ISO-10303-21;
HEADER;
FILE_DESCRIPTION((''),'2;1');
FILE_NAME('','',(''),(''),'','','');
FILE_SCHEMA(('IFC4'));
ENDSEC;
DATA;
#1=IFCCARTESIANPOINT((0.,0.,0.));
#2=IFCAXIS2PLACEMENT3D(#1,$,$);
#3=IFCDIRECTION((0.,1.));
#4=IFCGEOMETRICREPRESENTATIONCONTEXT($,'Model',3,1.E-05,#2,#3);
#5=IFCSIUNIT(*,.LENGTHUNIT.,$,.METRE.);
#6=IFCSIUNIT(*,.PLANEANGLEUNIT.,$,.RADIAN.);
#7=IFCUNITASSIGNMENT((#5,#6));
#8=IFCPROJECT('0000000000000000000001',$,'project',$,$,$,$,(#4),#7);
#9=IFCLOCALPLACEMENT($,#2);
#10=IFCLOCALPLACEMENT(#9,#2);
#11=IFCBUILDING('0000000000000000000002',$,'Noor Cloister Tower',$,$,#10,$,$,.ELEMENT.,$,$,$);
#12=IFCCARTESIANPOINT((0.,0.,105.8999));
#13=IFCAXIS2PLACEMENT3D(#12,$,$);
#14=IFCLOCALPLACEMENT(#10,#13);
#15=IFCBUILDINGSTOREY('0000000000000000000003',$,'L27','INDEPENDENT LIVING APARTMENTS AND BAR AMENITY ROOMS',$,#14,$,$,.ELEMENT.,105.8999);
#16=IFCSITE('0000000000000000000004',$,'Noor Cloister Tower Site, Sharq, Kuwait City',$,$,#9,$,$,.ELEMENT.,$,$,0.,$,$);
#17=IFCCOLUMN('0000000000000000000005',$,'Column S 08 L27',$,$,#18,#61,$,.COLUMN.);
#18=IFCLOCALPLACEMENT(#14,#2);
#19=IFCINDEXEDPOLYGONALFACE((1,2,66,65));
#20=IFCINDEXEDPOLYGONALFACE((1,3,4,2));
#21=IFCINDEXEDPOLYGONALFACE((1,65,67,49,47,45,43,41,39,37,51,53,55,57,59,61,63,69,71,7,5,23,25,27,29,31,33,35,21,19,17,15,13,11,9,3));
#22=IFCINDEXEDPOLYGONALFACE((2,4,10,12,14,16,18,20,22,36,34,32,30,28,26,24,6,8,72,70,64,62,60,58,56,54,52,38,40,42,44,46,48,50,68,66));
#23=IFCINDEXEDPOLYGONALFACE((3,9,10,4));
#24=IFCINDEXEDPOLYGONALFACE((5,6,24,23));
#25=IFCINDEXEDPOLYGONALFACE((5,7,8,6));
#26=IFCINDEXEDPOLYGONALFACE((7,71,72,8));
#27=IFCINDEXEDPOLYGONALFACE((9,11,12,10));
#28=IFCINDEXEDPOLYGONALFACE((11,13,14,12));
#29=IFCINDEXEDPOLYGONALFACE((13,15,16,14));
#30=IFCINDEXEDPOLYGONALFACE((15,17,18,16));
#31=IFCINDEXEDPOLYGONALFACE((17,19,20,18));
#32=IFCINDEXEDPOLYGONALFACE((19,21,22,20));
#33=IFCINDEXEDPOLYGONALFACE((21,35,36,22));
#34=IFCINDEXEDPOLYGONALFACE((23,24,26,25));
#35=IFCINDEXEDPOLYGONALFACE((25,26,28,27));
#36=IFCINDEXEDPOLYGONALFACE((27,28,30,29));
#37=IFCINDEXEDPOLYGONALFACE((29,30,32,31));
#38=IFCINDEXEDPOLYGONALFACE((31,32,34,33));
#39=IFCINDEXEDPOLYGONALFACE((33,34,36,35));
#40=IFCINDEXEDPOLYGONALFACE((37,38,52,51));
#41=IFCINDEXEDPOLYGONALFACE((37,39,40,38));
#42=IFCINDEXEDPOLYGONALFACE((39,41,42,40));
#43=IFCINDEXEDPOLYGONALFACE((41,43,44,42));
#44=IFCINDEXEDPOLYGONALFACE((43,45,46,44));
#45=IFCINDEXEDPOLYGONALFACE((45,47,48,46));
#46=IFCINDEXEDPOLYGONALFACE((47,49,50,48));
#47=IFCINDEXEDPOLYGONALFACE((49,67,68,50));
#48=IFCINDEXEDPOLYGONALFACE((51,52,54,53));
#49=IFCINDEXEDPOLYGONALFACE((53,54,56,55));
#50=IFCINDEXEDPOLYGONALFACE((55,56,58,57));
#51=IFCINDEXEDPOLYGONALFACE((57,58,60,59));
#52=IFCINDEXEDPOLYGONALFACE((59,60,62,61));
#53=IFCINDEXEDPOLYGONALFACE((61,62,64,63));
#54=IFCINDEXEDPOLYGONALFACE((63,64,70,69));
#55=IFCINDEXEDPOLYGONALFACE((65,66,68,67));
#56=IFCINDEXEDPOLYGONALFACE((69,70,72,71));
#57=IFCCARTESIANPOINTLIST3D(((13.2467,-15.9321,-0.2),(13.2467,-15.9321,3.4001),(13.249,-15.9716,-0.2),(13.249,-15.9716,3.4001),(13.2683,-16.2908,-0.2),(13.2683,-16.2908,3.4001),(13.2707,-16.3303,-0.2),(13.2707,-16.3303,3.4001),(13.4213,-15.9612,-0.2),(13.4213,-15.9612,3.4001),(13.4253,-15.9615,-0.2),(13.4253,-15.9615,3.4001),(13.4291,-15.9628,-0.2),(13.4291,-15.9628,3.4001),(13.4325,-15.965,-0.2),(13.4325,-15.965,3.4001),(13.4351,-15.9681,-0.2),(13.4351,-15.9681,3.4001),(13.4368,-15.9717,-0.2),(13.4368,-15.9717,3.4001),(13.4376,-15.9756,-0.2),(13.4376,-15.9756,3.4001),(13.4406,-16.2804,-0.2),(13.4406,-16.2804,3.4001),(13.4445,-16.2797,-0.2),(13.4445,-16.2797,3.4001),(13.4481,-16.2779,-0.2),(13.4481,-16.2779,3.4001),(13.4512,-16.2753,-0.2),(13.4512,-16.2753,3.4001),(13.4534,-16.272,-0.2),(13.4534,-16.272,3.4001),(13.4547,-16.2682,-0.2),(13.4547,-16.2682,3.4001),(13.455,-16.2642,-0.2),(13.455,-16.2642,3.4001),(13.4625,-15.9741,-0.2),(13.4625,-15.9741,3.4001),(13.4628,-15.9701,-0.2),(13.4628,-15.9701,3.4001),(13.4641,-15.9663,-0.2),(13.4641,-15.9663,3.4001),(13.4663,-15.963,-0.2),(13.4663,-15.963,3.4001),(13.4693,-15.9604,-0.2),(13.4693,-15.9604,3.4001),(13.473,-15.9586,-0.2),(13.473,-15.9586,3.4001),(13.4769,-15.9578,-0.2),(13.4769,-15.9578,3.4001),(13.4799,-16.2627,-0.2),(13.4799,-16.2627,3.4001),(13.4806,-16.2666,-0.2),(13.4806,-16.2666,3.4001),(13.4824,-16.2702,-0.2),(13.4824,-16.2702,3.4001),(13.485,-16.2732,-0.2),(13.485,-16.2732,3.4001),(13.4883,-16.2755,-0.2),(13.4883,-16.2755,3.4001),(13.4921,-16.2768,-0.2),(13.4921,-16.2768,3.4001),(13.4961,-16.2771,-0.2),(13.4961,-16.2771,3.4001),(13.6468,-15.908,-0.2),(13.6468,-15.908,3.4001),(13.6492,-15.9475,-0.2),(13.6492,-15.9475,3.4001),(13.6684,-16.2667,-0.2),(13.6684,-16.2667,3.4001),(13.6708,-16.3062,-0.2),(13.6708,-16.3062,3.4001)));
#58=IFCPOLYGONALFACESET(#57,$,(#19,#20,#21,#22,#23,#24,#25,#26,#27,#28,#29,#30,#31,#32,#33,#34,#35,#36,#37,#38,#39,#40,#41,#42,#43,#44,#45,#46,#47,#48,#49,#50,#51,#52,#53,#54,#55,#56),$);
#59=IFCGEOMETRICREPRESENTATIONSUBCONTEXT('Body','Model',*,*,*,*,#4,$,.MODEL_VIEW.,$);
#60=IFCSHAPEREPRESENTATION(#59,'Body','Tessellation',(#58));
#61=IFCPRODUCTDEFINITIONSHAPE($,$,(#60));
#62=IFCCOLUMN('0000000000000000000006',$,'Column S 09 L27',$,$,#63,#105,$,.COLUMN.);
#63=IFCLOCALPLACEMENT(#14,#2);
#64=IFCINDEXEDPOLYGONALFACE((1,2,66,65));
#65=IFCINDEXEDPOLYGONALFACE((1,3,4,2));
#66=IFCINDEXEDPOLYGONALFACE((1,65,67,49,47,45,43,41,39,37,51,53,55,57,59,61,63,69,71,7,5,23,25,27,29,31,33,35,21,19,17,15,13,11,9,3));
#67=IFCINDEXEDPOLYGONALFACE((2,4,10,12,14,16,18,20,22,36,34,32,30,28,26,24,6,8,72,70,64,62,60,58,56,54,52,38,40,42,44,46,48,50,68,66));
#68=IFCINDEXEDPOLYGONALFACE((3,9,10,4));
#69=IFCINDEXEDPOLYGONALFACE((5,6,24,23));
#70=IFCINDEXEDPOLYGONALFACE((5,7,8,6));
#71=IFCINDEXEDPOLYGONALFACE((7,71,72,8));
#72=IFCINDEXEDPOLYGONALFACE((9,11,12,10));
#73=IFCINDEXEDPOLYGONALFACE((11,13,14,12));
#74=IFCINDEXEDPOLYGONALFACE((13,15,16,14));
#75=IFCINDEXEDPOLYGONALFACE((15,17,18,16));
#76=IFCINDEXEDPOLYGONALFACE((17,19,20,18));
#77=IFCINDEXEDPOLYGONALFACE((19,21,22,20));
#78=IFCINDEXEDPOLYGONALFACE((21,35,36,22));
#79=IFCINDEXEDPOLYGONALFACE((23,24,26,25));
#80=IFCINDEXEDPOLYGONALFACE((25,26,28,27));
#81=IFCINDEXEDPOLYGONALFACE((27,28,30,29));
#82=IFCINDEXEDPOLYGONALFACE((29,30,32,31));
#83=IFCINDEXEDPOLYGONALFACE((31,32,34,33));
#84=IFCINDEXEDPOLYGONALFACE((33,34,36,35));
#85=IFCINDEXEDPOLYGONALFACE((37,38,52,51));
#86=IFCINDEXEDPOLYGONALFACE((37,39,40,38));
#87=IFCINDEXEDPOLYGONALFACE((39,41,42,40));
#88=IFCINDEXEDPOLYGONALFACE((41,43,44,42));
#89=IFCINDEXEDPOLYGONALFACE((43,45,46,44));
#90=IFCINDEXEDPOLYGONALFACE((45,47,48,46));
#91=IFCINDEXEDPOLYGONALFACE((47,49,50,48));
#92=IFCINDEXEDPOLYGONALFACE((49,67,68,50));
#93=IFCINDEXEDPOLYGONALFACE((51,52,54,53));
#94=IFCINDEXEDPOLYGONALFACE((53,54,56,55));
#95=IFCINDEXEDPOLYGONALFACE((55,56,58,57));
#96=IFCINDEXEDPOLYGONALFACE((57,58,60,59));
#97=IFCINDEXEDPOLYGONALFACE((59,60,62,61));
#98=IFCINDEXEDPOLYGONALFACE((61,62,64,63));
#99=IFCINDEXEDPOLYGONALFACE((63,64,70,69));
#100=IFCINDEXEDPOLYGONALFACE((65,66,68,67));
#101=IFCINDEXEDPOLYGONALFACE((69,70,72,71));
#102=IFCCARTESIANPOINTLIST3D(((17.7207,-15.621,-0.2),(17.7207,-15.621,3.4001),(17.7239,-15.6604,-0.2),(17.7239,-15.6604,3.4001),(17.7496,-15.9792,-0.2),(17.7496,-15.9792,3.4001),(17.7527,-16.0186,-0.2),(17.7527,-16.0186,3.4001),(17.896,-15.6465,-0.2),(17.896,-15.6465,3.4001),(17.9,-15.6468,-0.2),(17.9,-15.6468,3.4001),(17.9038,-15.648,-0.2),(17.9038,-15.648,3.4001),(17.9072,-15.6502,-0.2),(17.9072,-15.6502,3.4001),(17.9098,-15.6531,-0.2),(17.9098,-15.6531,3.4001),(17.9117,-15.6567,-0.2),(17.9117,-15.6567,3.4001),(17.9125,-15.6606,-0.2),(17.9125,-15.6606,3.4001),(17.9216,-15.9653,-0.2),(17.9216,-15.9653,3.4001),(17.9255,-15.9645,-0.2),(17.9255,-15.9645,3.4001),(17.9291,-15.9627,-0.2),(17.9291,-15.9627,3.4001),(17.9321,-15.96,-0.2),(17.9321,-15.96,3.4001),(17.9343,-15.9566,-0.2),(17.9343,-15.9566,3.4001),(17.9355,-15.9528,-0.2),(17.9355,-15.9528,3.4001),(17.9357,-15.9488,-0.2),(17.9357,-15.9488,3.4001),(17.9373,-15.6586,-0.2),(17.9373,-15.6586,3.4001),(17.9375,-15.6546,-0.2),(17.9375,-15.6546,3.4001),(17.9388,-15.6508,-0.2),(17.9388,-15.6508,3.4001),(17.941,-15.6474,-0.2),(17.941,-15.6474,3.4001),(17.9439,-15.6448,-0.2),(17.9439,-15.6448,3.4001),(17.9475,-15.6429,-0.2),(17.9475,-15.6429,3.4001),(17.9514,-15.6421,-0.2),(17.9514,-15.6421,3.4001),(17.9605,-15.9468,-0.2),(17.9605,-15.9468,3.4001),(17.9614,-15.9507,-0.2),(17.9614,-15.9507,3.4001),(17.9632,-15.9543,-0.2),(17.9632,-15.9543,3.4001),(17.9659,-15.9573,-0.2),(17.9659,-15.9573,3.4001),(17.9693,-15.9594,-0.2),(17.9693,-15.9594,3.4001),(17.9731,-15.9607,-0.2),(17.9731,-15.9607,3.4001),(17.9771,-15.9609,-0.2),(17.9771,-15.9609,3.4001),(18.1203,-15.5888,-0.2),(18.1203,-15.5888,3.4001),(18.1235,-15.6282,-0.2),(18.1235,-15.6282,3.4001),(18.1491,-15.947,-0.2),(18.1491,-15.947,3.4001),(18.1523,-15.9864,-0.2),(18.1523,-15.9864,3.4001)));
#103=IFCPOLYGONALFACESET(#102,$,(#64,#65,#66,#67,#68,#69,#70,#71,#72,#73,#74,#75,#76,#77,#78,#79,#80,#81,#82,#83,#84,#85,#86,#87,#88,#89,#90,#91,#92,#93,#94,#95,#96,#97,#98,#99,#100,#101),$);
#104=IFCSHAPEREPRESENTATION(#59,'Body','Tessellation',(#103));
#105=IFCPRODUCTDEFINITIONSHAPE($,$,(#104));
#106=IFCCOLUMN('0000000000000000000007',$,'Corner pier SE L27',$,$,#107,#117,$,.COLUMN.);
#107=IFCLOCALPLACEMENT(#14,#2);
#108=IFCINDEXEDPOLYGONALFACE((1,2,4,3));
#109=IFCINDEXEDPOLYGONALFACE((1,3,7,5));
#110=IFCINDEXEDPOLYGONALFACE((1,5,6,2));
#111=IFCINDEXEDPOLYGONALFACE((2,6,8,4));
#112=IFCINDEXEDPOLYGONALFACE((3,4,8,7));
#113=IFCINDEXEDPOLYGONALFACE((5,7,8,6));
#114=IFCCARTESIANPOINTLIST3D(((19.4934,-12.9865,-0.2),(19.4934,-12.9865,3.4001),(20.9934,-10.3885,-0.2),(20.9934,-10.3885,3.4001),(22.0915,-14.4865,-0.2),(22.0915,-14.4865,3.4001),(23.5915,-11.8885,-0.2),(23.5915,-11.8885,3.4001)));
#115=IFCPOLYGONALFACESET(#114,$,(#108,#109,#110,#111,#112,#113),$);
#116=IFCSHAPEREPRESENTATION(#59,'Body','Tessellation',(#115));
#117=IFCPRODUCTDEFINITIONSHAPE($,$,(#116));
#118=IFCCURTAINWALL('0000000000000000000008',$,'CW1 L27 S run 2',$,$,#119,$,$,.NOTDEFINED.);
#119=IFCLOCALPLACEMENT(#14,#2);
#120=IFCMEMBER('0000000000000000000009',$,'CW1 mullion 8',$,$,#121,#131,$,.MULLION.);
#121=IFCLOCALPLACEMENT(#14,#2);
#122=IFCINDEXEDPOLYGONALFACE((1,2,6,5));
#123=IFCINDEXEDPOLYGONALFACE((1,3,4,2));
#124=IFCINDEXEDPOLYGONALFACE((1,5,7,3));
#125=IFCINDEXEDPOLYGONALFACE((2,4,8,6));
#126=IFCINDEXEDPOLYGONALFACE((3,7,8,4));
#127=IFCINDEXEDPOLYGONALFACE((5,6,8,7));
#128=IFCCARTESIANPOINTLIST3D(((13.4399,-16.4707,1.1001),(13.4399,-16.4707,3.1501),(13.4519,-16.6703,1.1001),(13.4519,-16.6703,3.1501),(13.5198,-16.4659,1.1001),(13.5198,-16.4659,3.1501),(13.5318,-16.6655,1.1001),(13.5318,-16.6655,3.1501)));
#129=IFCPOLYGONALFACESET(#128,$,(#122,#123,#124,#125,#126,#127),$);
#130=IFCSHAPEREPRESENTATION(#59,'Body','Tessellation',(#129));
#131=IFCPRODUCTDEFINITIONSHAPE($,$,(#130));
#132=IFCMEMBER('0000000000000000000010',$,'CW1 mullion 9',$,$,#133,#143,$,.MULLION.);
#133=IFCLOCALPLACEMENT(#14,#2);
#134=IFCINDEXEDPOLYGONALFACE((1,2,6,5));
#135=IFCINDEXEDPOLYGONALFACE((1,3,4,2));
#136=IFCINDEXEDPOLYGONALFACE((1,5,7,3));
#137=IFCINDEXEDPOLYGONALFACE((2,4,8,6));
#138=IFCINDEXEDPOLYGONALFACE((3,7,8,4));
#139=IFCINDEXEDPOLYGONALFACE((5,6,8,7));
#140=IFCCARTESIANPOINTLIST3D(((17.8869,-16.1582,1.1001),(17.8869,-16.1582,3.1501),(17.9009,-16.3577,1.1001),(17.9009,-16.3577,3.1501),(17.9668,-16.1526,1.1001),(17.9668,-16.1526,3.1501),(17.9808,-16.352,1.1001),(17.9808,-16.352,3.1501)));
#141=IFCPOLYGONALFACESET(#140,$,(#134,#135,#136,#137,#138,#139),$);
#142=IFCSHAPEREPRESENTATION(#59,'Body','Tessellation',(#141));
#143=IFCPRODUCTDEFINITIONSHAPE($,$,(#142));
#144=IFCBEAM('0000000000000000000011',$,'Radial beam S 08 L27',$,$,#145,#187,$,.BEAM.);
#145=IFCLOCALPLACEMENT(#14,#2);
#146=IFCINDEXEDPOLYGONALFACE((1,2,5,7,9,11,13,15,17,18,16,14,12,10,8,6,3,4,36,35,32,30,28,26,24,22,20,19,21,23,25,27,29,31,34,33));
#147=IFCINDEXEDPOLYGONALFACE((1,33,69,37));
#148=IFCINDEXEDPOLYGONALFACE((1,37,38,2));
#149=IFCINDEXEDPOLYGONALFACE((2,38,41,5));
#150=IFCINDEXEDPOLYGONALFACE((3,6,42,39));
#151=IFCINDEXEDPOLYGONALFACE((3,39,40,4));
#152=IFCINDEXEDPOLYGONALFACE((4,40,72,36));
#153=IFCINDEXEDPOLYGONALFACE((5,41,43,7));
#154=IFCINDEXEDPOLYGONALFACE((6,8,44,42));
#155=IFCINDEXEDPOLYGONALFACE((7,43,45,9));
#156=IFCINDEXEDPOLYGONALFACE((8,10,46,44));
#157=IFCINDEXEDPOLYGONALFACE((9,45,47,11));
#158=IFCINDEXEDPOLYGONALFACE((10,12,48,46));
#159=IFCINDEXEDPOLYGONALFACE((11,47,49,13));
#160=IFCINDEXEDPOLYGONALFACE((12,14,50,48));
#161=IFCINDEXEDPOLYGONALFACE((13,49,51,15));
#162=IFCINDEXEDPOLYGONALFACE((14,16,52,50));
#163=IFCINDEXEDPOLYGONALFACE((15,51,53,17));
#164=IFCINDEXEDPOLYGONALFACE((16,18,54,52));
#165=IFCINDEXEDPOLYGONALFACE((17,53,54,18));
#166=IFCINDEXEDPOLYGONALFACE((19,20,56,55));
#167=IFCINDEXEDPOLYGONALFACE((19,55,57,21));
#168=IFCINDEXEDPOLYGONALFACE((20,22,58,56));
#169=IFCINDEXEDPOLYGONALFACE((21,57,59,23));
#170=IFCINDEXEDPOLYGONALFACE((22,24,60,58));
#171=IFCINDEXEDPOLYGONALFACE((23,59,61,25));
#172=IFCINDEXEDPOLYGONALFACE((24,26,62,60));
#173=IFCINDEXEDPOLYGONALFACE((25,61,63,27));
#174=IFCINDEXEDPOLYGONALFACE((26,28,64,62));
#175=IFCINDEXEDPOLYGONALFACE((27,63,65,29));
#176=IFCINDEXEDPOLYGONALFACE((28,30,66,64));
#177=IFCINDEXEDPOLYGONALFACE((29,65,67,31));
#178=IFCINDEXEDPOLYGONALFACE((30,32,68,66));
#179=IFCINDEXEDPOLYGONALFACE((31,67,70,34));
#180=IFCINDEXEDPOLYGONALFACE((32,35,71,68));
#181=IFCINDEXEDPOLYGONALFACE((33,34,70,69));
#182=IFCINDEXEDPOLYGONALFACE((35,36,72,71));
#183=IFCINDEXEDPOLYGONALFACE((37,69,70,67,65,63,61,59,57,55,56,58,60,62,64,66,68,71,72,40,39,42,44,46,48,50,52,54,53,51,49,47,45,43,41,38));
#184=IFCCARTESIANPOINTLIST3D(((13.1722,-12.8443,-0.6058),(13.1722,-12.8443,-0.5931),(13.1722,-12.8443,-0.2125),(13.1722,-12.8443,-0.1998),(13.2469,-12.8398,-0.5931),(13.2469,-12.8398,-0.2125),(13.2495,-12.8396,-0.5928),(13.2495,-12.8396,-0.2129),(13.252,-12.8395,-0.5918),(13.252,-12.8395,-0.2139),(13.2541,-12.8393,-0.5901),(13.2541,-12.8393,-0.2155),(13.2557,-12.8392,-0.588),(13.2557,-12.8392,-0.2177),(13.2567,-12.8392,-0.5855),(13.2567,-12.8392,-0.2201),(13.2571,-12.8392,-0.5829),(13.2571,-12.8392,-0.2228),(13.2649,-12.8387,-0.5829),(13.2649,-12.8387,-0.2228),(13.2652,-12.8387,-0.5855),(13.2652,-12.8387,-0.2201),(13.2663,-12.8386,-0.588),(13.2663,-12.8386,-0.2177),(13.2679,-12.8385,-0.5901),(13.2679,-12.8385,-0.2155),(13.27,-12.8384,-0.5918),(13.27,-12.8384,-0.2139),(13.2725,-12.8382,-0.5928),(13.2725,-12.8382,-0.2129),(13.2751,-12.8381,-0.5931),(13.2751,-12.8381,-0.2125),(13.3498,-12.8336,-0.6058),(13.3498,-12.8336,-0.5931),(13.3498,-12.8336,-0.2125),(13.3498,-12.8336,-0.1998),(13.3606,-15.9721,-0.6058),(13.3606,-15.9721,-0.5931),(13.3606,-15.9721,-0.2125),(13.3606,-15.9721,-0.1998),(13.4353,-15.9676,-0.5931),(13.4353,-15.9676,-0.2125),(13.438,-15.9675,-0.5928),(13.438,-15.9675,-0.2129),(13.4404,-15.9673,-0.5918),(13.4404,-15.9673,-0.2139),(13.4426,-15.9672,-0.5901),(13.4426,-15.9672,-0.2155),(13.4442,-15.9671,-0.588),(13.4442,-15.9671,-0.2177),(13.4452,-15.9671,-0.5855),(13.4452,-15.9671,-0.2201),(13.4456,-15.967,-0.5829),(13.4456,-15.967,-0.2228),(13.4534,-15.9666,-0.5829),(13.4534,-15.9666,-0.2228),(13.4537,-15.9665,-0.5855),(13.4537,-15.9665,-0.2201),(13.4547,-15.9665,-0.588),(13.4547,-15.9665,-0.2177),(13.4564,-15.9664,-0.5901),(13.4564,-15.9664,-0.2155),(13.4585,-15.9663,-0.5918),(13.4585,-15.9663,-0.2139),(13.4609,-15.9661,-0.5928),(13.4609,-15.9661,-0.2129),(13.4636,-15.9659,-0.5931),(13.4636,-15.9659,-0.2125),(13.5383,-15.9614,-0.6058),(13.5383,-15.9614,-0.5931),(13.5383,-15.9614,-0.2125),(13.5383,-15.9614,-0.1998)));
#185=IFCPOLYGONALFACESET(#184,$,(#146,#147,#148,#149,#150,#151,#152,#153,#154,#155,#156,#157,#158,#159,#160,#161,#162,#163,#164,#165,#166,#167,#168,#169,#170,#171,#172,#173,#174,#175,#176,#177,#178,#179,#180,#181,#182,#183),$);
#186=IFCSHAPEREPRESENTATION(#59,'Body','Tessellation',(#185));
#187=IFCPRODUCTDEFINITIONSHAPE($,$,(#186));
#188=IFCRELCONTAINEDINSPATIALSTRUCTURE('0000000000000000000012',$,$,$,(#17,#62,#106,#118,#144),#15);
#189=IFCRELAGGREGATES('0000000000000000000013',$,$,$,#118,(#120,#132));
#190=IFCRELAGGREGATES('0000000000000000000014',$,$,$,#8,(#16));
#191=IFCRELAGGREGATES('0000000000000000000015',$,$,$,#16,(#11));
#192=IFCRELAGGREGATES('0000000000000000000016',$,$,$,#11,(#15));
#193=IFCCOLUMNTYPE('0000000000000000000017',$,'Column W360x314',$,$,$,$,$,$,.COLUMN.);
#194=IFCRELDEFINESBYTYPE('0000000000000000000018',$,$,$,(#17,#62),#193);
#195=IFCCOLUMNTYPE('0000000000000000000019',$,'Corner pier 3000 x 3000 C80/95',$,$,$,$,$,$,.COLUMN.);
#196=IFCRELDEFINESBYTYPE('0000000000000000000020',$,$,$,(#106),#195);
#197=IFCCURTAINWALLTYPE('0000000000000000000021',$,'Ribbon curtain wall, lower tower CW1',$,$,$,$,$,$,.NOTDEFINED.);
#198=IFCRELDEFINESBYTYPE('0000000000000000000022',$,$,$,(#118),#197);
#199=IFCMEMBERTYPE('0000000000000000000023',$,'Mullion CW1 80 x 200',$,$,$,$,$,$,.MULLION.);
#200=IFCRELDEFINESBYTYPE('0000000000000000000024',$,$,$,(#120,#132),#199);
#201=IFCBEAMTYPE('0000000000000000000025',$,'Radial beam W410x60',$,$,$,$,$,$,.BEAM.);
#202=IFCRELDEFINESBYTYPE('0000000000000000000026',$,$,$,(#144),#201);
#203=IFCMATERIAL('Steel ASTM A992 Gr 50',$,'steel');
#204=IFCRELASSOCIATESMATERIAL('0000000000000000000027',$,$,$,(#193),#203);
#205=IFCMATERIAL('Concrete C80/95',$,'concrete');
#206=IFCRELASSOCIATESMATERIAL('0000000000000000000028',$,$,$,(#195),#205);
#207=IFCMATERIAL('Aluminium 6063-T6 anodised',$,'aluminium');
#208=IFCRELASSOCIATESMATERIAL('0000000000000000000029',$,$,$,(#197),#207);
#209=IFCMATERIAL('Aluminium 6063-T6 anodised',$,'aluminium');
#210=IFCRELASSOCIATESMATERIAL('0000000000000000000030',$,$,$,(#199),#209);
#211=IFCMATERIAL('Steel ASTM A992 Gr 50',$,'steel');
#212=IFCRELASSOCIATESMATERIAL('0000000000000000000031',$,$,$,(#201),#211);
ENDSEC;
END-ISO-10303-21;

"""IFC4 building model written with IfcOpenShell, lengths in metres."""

from ifc_helpers import new_model, si_unit, direction, frame, origin, origin_2d, place, context, subcontext, project, spatial, rectangle, i_section, extrude, material, material_profile, profile_set, type_object, element, aggregate, save


model = new_model("IFC4")

# Units and contexts
model_context = context("Model", 3, precision=1e-05, world=origin(), true_north=direction((0.0, 1.0)))
body_context = subcontext(model_context, "Body", "Model", "MODEL_VIEW")
ifc_project = project(units=[si_unit("LENGTHUNIT", "METRE"), si_unit("PLANEANGLEUNIT", "RADIAN")], contexts=[model_context])

# Site, building, storey
site_placement = place(None, origin())
site = spatial("IfcSite", under=ifc_project, at=site_placement, Name="Noor Cloister Tower Site, Sharq, Kuwait City", CompositionType="ELEMENT", RefElevation=0.0)
building_placement = place(site_placement, origin())
building = spatial("IfcBuilding", under=site, at=building_placement, Name="Noor Cloister Tower", CompositionType="ELEMENT")
storey_placement = place(building_placement, frame((0.0, 0.0, 105.8999)))
storey = spatial("IfcBuildingStorey", under=building, at=storey_placement, Name="L27", Description="INDEPENDENT LIVING APARTMENTS AND BAR AMENITY ROOMS", CompositionType="ELEMENT", Elevation=105.8999)

# Columns
ifc_material_1 = material(Name="Steel ASTM A992 Gr 50", Category="steel")
ifc_material_profile_1 = material_profile(ifc_material_1, i_section(OverallWidth=0.4009, OverallDepth=0.3989, WebThickness=0.0249, FlangeThickness=0.0396, FilletRadius=0.0154, at=origin_2d()), Name="W360x314")
ifc_profile_set_1 = profile_set([ifc_material_profile_1], Name="Steel ASTM A992 Gr 50")
column_type_1 = type_object("IfcColumnType", Name="Column W360x314", PredefinedType="COLUMN", material=ifc_profile_set_1)
for number, where, z_axis, x_axis, name in (
    (1, (13.4587, -16.1191, -0.2), (0.0, 0.0, 1.0), (0.998186, 0.0602, 0.0), "Column S 08 L27"),
    (2, (17.9365, -15.8037, -0.2), (0.0, 0.0, 1.0), (0.996776, 0.080229, 0.0), "Column S 09 L27"),
):
    element("IfcColumn", number, at=place(storey_placement, frame(where, z_axis=z_axis, x_axis=x_axis)), inside=storey, type_object=column_type_1, Name=name, PredefinedType="COLUMN", context=body_context, shape_type="SweptSolid", body=[
        extrude(i_section(OverallWidth=0.4009, OverallDepth=0.3989, WebThickness=0.0249, FlangeThickness=0.0396, FilletRadius=0.0154, at=origin_2d()), origin(), (0.0, 0.0, 1.0), 3.6001),
    ])
ifc_material_2 = material(Name="Concrete C80/95", Category="concrete")
ifc_material_profile_2 = material_profile(ifc_material_2, rectangle(XDim=3.0, YDim=3.0, at=origin_2d()), Name="RC 3000x3000")
ifc_profile_set_2 = profile_set([ifc_material_profile_2], Name="Concrete C80/95")
column_type_2 = type_object("IfcColumnType", Name="Corner pier 3000 x 3000 C80/95", PredefinedType="COLUMN", material=ifc_profile_set_2)
column_placement = place(storey_placement, frame((21.5425, -12.4375, -0.2), z_axis=(0.0, 0.0, 1.0), x_axis=(0.866025, -0.5, 0.0)))
element("IfcColumn", 3, at=column_placement, inside=storey, type_object=column_type_2, Name="Corner pier SE L27", PredefinedType="COLUMN", context=body_context, shape_type="SweptSolid", body=[
    extrude(rectangle(XDim=3.0, YDim=3.0, at=origin_2d()), origin(), (0.0, 0.0, 1.0), 3.6001),
])

# Curtain wall, members
ifc_material_3 = material(Name="Aluminium 6063-T6 anodised", Category="aluminium")
curtain_wall_type = type_object("IfcCurtainWallType", Name="Ribbon curtain wall, lower tower CW1", PredefinedType="NOTDEFINED", material=ifc_material_3)
curtain_wall_placement = place(storey_placement, origin())
curtain_wall = element("IfcCurtainWall", 4, at=curtain_wall_placement, inside=storey, type_object=curtain_wall_type, Name="CW1 L27 S run 2", PredefinedType="NOTDEFINED")
ifc_material_4 = material(Name="Aluminium 6063-T6 anodised", Category="aluminium")
ifc_material_profile_3 = material_profile(ifc_material_4, rectangle(XDim=0.2, YDim=0.0801, at=origin_2d()), Name="200 x 80 mullion")
ifc_profile_set_3 = profile_set([ifc_material_profile_3], Name="Aluminium 6063-T6 anodised")
member_type = type_object("IfcMemberType", Name="Mullion CW1 80 x 200", PredefinedType="MULLION", material=ifc_profile_set_3)
member_1_placement = place(storey_placement, frame((13.4858, -16.5681, 1.1001), z_axis=(0.0, 0.0, 1.0), x_axis=(-0.0602, 0.998186, 0.0)))
member_1 = element("IfcMember", 5, at=member_1_placement, type_object=member_type, Name="CW1 mullion 8", PredefinedType="MULLION", context=body_context, shape_type="SweptSolid", body=[
    extrude(rectangle(XDim=0.2, YDim=0.0801, at=origin_2d()), origin(), (0.0, 0.0, 1.0), 2.05),
])
member_2_placement = place(storey_placement, frame((17.9338, -16.2551, 1.1001), z_axis=(0.0, 0.0, 1.0), x_axis=(-0.070218, 0.997532, 0.0)))
member_2 = element("IfcMember", 6, at=member_2_placement, type_object=member_type, Name="CW1 mullion 9", PredefinedType="MULLION", context=body_context, shape_type="SweptSolid", body=[
    extrude(rectangle(XDim=0.2, YDim=0.0801, at=origin_2d()), origin(), (0.0, 0.0, 1.0), 2.05),
])

# Beam
ifc_material_5 = material(Name="Steel ASTM A992 Gr 50", Category="steel")
ifc_material_profile_4 = material_profile(ifc_material_5, i_section(OverallWidth=0.178, OverallDepth=0.406, WebThickness=0.0078, FlangeThickness=0.0127, FilletRadius=0.0103, at=origin_2d()), Name="W410x60")
ifc_profile_set_4 = profile_set([ifc_material_profile_4], Name="Steel ASTM A992 Gr 50")
beam_type_1 = type_object("IfcBeamType", Name="Radial beam W410x60", PredefinedType="BEAM", material=ifc_profile_set_4)
beam_1_placement = place(storey_placement, frame((13.4495, -15.9668, -0.4028), z_axis=(-0.060147, 0.99819, 0.0), x_axis=(-0.99819, -0.060147, 0.0)))
element("IfcBeam", 7, at=beam_1_placement, inside=storey, type_object=beam_type_1, Name="Radial beam S 08 L27", PredefinedType="BEAM", context=body_context, shape_type="SweptSolid", body=[
    extrude(i_section(OverallWidth=0.178, OverallDepth=0.406, WebThickness=0.0078, FlangeThickness=0.0127, FilletRadius=0.0103, at=origin_2d()), origin(), (0.0, 0.0, 1.0), 3.1335),
])

aggregate(curtain_wall, [member_1, member_2])

save(model, "model.ifc")
